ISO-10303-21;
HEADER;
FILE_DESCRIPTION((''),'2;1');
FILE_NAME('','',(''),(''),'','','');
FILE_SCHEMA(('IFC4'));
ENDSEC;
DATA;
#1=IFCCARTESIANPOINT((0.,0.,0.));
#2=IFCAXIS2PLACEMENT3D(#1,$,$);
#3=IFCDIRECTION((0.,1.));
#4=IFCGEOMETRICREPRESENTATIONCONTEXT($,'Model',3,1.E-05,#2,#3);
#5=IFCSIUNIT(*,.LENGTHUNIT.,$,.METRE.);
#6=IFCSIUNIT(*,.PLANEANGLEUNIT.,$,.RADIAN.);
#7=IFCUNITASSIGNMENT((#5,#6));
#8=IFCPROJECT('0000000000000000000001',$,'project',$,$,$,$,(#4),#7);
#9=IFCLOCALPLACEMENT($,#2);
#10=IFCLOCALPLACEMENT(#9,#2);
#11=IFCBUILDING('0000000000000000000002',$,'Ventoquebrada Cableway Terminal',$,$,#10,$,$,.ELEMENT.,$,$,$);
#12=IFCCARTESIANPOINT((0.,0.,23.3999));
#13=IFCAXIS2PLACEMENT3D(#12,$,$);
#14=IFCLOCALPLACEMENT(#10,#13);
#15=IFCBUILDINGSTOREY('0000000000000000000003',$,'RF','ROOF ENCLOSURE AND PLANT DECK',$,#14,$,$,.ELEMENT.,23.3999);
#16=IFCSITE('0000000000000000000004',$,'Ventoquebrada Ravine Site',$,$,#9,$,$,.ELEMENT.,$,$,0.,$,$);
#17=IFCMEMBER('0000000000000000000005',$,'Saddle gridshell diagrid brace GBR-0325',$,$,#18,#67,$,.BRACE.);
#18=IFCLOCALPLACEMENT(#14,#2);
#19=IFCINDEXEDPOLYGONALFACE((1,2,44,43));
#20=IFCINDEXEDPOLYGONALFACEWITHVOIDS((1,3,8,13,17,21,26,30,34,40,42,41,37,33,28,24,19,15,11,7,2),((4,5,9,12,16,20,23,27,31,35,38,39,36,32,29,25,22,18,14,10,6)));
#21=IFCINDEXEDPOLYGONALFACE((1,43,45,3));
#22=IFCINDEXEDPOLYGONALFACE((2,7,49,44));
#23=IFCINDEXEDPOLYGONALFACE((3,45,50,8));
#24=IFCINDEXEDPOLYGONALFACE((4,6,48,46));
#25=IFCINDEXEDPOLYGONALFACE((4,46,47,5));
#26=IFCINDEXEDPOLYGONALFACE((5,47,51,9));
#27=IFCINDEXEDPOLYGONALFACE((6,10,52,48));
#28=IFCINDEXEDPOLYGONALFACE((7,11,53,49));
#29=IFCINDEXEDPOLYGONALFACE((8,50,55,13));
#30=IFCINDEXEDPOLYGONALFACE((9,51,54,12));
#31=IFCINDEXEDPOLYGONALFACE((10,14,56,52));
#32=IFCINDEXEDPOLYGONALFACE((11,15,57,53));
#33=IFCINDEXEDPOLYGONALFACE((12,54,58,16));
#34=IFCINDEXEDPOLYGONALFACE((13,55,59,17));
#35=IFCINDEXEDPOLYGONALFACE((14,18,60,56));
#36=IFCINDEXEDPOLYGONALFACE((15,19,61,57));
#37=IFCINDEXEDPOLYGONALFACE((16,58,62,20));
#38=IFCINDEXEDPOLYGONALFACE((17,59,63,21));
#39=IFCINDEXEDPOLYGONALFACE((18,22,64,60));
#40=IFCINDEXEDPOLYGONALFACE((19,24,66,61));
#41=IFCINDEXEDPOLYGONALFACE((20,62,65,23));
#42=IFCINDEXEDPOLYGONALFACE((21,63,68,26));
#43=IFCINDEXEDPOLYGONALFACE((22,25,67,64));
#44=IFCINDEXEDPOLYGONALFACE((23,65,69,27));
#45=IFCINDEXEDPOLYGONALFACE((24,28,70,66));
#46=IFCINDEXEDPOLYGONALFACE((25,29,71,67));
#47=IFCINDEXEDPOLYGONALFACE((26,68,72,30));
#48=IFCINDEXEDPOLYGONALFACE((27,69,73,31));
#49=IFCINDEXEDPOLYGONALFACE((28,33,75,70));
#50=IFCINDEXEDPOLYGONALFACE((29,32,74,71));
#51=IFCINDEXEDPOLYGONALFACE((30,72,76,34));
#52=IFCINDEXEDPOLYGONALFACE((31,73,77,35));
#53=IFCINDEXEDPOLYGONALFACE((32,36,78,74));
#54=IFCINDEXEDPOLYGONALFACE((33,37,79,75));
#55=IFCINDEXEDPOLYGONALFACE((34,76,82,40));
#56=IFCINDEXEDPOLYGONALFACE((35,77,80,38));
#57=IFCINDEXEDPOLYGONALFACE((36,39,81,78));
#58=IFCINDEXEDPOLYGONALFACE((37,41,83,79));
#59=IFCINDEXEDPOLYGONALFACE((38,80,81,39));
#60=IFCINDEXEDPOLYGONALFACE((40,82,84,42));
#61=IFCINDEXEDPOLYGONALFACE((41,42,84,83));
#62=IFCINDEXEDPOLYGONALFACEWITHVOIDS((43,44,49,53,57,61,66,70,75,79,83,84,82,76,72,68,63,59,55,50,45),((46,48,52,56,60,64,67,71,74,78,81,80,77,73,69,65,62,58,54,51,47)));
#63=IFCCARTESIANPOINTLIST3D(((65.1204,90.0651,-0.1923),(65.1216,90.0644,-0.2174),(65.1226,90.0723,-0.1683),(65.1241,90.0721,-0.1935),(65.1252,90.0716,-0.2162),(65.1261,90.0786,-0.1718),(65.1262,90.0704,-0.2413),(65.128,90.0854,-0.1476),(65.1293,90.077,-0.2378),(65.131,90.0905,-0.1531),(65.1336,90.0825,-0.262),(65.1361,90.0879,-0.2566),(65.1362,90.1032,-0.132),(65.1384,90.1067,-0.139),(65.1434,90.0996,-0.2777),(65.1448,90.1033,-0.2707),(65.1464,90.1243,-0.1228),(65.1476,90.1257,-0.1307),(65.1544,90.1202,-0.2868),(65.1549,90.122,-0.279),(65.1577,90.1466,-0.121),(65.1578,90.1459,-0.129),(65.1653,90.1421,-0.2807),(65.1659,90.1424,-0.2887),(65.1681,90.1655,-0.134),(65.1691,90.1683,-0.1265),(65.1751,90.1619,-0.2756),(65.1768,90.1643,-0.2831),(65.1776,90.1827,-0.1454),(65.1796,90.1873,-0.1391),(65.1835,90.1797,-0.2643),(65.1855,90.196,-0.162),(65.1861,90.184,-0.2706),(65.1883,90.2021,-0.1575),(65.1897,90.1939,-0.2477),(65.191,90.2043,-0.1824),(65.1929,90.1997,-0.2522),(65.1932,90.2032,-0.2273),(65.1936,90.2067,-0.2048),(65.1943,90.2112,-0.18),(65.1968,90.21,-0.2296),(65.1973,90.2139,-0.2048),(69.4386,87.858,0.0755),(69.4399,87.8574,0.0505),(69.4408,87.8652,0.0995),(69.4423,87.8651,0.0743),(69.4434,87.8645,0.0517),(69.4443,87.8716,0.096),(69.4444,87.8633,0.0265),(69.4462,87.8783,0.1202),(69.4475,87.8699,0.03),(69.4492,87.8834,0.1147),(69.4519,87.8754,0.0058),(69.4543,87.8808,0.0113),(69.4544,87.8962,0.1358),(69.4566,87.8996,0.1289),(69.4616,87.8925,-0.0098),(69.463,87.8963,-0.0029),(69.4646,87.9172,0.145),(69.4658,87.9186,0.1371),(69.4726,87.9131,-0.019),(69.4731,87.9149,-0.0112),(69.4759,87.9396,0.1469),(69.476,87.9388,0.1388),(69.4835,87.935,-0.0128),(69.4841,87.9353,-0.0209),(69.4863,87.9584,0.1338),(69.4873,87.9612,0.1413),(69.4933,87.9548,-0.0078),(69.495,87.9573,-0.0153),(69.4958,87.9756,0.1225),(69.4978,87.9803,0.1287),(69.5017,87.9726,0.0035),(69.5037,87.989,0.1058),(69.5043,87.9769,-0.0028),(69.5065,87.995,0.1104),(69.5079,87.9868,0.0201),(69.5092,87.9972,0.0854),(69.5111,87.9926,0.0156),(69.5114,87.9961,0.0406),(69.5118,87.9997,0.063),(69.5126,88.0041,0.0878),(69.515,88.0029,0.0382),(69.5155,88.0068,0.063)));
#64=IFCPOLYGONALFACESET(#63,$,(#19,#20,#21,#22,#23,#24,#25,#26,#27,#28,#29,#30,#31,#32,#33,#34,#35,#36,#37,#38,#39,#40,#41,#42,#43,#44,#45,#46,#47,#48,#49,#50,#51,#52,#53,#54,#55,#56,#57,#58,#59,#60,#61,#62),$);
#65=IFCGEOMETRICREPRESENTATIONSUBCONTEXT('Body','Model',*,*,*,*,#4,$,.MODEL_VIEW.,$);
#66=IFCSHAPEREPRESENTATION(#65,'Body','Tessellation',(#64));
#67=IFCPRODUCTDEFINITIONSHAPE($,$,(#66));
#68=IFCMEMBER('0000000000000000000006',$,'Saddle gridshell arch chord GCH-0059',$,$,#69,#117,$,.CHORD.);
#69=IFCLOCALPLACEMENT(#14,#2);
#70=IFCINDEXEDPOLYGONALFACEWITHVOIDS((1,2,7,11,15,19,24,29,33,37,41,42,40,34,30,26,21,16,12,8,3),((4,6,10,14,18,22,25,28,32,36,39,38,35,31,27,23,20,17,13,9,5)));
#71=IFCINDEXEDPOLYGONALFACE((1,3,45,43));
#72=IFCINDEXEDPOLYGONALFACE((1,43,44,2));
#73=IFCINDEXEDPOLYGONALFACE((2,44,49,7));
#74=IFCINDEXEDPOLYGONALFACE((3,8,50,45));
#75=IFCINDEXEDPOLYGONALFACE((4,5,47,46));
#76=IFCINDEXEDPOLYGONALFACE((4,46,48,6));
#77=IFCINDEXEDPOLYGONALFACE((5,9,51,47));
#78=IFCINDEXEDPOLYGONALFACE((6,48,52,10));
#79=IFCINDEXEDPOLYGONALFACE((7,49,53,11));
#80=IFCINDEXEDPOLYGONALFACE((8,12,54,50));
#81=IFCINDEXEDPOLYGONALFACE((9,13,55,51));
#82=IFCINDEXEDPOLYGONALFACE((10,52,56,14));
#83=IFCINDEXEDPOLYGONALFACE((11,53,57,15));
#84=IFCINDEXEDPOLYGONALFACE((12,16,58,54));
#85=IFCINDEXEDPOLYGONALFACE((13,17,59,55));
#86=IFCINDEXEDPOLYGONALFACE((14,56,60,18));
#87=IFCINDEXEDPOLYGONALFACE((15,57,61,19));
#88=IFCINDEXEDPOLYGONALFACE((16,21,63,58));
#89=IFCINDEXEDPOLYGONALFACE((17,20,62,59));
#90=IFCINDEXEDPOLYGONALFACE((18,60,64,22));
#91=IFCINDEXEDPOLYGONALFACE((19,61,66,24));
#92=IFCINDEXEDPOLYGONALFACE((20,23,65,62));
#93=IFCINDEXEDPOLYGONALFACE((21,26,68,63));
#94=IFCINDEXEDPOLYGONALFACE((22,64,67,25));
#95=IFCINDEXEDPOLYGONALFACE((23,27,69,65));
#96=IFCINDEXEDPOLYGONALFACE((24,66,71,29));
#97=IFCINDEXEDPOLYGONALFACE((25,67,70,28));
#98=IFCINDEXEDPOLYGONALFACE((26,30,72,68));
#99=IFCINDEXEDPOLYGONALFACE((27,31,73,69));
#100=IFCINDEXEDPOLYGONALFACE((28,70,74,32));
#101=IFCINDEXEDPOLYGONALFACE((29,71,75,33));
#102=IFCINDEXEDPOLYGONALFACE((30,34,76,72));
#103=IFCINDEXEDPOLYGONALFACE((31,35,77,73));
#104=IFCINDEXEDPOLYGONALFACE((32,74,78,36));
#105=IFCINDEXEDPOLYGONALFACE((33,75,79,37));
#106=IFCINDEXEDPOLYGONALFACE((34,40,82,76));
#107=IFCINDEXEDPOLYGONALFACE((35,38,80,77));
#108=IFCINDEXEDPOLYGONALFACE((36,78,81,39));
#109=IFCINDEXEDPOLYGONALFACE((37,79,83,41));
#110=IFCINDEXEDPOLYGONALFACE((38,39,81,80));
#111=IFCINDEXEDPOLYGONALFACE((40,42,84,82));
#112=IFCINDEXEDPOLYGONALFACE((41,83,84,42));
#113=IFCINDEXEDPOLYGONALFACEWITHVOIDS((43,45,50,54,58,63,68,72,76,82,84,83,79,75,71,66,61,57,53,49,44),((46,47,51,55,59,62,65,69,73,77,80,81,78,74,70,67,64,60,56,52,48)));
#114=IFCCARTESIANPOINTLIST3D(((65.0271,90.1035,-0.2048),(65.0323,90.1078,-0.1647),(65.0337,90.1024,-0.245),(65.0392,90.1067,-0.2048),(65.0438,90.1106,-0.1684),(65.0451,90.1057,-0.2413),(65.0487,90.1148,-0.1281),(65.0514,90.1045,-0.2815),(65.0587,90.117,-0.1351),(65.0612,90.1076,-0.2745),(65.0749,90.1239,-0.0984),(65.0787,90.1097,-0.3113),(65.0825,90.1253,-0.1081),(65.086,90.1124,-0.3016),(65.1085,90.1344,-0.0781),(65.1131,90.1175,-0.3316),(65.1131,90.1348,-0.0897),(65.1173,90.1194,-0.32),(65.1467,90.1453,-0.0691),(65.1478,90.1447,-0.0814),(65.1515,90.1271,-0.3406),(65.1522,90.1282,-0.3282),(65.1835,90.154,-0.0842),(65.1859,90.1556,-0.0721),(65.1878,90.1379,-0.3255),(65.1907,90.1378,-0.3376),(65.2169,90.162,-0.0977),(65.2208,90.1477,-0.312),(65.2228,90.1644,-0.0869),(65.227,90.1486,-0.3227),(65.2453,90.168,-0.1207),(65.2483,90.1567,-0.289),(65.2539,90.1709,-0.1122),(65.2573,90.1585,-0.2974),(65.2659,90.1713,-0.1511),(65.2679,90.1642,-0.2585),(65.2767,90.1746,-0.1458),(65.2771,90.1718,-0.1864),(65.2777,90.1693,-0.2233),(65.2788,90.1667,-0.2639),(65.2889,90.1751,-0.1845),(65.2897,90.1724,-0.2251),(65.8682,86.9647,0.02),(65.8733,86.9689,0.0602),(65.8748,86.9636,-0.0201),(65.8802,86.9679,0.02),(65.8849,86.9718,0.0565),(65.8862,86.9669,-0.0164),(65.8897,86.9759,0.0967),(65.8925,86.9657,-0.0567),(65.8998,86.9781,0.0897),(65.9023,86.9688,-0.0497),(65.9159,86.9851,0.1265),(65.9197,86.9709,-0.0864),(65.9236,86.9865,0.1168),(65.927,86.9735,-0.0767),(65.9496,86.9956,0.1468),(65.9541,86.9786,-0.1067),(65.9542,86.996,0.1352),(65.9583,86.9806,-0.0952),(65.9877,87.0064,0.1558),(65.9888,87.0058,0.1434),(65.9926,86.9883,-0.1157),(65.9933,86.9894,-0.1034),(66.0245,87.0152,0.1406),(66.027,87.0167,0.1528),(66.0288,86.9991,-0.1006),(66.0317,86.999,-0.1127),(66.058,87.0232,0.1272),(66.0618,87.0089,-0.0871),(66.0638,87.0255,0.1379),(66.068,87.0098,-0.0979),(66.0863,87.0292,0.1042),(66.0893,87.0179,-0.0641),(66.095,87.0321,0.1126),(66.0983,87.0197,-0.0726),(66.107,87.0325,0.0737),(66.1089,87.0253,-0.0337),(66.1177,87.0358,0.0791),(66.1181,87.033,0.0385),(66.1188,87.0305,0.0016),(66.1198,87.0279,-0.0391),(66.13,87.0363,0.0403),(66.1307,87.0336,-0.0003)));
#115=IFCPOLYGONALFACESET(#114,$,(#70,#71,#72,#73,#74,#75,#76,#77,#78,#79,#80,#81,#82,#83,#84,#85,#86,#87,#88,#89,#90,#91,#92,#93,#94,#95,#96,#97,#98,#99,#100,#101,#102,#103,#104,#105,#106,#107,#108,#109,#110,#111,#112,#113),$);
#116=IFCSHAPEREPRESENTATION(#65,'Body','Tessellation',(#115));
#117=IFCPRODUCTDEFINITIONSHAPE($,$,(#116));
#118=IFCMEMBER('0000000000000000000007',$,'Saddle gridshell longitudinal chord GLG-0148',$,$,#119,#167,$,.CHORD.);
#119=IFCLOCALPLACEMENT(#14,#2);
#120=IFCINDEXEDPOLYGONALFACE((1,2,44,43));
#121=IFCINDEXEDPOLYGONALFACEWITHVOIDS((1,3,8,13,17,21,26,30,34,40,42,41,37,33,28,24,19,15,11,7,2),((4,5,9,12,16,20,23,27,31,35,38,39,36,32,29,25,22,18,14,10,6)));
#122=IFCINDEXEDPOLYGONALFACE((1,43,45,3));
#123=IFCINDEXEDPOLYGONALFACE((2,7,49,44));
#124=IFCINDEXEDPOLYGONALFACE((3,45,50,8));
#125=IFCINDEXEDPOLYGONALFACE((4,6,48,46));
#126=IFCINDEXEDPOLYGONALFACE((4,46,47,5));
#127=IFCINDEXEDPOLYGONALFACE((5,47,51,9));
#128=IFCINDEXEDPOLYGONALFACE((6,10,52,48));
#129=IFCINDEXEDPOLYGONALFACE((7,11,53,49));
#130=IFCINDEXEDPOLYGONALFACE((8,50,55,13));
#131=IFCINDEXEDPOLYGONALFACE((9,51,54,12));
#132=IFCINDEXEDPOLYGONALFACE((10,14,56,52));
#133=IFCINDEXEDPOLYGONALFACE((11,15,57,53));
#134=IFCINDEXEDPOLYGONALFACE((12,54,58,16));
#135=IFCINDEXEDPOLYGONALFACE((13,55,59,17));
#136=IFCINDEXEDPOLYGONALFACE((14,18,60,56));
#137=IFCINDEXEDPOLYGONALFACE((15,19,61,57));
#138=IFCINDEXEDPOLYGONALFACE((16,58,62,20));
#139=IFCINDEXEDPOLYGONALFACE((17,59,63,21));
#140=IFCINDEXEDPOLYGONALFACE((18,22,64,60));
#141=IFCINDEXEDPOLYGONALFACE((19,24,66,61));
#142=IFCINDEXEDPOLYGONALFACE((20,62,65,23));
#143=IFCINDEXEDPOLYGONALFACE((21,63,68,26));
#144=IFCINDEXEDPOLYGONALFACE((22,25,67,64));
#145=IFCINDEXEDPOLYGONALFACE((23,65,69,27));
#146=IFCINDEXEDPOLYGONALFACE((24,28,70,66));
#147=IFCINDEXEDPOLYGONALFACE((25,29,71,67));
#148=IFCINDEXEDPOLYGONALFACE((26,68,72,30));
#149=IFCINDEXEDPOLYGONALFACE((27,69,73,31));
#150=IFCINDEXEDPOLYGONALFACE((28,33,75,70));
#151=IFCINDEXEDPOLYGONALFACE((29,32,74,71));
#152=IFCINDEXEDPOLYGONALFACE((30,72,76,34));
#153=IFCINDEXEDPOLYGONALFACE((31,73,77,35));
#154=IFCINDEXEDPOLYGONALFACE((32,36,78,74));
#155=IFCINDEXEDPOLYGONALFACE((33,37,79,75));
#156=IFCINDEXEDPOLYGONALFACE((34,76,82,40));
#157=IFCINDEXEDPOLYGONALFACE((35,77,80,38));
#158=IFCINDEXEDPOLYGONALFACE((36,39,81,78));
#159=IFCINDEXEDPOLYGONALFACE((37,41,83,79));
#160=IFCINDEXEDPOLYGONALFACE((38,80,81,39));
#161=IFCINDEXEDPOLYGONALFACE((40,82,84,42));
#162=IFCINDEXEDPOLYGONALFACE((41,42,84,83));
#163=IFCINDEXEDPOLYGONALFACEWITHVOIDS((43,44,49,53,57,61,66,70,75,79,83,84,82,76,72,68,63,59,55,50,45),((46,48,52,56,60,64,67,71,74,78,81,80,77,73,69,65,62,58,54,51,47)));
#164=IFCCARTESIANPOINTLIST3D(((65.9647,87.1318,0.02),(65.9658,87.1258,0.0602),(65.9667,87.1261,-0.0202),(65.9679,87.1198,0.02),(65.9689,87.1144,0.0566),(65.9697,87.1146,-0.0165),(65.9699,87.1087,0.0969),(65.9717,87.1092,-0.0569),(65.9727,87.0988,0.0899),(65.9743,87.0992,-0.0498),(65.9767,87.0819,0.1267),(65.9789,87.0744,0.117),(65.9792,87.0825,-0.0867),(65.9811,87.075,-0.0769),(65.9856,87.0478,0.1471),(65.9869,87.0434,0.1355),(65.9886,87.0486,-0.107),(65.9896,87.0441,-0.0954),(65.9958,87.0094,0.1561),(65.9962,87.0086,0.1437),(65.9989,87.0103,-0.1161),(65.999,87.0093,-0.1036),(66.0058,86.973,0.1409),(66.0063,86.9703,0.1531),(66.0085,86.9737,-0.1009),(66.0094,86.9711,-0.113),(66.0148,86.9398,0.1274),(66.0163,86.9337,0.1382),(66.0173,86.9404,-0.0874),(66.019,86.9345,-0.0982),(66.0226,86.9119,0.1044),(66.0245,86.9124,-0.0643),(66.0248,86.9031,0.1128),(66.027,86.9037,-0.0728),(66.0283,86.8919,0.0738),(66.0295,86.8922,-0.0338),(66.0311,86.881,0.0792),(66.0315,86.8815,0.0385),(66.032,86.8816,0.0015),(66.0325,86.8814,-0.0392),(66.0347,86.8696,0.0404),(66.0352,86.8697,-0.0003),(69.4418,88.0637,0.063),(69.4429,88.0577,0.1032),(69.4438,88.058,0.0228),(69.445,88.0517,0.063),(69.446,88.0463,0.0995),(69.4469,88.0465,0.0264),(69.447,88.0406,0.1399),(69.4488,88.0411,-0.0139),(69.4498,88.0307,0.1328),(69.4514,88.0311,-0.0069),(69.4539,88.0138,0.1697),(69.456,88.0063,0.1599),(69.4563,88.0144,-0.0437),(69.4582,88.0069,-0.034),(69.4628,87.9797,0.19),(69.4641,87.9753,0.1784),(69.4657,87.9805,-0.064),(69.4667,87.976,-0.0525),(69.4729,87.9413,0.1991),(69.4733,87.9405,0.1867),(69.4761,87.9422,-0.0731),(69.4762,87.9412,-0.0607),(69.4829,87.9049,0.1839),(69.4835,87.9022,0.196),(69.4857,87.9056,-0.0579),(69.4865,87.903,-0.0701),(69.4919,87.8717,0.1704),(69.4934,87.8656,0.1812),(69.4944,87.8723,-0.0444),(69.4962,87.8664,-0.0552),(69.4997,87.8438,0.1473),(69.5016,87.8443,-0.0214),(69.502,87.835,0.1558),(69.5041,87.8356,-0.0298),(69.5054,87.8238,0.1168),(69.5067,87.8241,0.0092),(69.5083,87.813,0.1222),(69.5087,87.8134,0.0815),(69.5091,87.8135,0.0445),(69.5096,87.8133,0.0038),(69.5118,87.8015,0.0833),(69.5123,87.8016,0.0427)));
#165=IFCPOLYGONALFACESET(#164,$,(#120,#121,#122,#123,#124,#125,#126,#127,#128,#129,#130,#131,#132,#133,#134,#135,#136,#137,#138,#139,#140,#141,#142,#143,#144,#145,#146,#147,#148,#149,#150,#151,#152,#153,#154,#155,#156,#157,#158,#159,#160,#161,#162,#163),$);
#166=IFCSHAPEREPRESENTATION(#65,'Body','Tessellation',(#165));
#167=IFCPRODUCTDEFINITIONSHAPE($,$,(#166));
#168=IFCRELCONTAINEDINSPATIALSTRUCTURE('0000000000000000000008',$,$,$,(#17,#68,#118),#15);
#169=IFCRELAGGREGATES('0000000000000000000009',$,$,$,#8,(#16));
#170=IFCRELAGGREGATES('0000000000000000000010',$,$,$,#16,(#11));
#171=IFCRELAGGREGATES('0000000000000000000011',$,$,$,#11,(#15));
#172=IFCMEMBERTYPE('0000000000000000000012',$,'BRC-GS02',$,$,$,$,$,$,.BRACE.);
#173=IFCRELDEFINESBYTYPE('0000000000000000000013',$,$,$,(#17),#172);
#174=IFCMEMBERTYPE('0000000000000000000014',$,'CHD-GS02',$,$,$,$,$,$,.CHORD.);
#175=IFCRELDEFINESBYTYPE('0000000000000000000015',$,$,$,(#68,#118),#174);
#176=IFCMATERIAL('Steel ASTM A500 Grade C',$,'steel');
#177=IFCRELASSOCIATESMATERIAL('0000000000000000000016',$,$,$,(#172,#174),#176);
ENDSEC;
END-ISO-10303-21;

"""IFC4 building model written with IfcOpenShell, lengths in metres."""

from ifc_helpers import new_model, si_unit, direction, frame, origin, origin_2d, place, context, subcontext, project, spatial, hollow_circle, extrude, material, material_profile, profile_set, type_object, element, save


model = new_model("IFC4")

# Units and contexts
model_context = context("Model", 3, precision=1e-05, world=origin(), true_north=direction((0.0, 1.0)))
body_context = subcontext(model_context, "Body", "Model", "MODEL_VIEW")
ifc_project = project(units=[si_unit("LENGTHUNIT", "METRE"), si_unit("PLANEANGLEUNIT", "RADIAN")], contexts=[model_context])

# Site, building, storey
site_placement = place(None, origin())
site = spatial("IfcSite", under=ifc_project, at=site_placement, Name="Ventoquebrada Ravine Site", CompositionType="ELEMENT", RefElevation=0.0)
building_placement = place(site_placement, origin())
building = spatial("IfcBuilding", under=site, at=building_placement, Name="Ventoquebrada Cableway Terminal", CompositionType="ELEMENT")
storey_placement = place(building_placement, frame((0.0, 0.0, 23.3999)))
storey = spatial("IfcBuildingStorey", under=building, at=storey_placement, Name="RF", Description="ROOF ENCLOSURE AND PLANT DECK", CompositionType="ELEMENT", Elevation=23.3999)

# Members
ifc_material_1 = material(Name="Steel ASTM A500 Grade C", Category="steel")
ifc_material_profile_1 = material_profile(ifc_material_1, hollow_circle(Radius=0.0842, WallThickness=0.0081, at=origin_2d()), Name="CHS168.3X8")
ifc_profile_set_1 = profile_set([ifc_material_profile_1], Name="Steel ASTM A500 Grade C")
member_type_1 = type_object("IfcMemberType", Name="BRC-GS02", PredefinedType="BRACE", material=ifc_profile_set_1)
member_1_placement = place(storey_placement, frame((65.1589, 90.1389, -0.2048), z_axis=(0.88908, -0.454418, 0.055143), x_axis=(0.45511, 0.890435, 0.0)))
element("IfcMember", 1, at=member_1_placement, inside=storey, type_object=member_type_1, Name="Saddle gridshell diagrid brace GBR-0325", PredefinedType="BRACE", context=body_context, shape_type="SweptSolid", body=[
    extrude(hollow_circle(Radius=0.0842, WallThickness=0.0081, at=origin_2d()), origin(), (0.0, 0.0, 1.0), 4.8569),
])
ifc_material_profile_2 = material_profile(ifc_material_1, hollow_circle(Radius=0.1365, WallThickness=0.0125, at=origin_2d()), Name="CHS273.0X12.5")
ifc_profile_set_2 = profile_set([ifc_material_profile_2], Name="Steel ASTM A500 Grade C")
member_type_2 = type_object("IfcMemberType", Name="CHD-GS02", PredefinedType="CHORD", material=ifc_profile_set_2)
member_2_placement = place(storey_placement, frame((66.0, 87.0, 0.02), z_axis=(-0.2582, 0.963622, -0.069028), x_axis=(-0.965926, -0.258817, 0.0)))
element("IfcMember", 2, at=member_2_placement, inside=storey, type_object=member_type_2, Name="Saddle gridshell arch chord GCH-0059", PredefinedType="CHORD", context=body_context, shape_type="SweptSolid", body=[
    extrude(hollow_circle(Radius=0.1365, WallThickness=0.0125, at=origin_2d()), origin(), (0.0, 0.0, 1.0), 3.2573),
])
member_3_placement = place(storey_placement, frame((66.0, 87.0, 0.02), z_axis=(0.965842, 0.258856, 0.011936), x_axis=(-0.258874, 0.965911, 0.0)))
element("IfcMember", 3, at=member_3_placement, inside=storey, type_object=member_type_2, Name="Saddle gridshell longitudinal chord GLG-0148", PredefinedType="CHORD", context=body_context, shape_type="SweptSolid", body=[
    extrude(hollow_circle(Radius=0.1365, WallThickness=0.0125, at=origin_2d()), origin(), (0.0, 0.0, 1.0), 3.6001),
])

save(model, "model.ifc")
